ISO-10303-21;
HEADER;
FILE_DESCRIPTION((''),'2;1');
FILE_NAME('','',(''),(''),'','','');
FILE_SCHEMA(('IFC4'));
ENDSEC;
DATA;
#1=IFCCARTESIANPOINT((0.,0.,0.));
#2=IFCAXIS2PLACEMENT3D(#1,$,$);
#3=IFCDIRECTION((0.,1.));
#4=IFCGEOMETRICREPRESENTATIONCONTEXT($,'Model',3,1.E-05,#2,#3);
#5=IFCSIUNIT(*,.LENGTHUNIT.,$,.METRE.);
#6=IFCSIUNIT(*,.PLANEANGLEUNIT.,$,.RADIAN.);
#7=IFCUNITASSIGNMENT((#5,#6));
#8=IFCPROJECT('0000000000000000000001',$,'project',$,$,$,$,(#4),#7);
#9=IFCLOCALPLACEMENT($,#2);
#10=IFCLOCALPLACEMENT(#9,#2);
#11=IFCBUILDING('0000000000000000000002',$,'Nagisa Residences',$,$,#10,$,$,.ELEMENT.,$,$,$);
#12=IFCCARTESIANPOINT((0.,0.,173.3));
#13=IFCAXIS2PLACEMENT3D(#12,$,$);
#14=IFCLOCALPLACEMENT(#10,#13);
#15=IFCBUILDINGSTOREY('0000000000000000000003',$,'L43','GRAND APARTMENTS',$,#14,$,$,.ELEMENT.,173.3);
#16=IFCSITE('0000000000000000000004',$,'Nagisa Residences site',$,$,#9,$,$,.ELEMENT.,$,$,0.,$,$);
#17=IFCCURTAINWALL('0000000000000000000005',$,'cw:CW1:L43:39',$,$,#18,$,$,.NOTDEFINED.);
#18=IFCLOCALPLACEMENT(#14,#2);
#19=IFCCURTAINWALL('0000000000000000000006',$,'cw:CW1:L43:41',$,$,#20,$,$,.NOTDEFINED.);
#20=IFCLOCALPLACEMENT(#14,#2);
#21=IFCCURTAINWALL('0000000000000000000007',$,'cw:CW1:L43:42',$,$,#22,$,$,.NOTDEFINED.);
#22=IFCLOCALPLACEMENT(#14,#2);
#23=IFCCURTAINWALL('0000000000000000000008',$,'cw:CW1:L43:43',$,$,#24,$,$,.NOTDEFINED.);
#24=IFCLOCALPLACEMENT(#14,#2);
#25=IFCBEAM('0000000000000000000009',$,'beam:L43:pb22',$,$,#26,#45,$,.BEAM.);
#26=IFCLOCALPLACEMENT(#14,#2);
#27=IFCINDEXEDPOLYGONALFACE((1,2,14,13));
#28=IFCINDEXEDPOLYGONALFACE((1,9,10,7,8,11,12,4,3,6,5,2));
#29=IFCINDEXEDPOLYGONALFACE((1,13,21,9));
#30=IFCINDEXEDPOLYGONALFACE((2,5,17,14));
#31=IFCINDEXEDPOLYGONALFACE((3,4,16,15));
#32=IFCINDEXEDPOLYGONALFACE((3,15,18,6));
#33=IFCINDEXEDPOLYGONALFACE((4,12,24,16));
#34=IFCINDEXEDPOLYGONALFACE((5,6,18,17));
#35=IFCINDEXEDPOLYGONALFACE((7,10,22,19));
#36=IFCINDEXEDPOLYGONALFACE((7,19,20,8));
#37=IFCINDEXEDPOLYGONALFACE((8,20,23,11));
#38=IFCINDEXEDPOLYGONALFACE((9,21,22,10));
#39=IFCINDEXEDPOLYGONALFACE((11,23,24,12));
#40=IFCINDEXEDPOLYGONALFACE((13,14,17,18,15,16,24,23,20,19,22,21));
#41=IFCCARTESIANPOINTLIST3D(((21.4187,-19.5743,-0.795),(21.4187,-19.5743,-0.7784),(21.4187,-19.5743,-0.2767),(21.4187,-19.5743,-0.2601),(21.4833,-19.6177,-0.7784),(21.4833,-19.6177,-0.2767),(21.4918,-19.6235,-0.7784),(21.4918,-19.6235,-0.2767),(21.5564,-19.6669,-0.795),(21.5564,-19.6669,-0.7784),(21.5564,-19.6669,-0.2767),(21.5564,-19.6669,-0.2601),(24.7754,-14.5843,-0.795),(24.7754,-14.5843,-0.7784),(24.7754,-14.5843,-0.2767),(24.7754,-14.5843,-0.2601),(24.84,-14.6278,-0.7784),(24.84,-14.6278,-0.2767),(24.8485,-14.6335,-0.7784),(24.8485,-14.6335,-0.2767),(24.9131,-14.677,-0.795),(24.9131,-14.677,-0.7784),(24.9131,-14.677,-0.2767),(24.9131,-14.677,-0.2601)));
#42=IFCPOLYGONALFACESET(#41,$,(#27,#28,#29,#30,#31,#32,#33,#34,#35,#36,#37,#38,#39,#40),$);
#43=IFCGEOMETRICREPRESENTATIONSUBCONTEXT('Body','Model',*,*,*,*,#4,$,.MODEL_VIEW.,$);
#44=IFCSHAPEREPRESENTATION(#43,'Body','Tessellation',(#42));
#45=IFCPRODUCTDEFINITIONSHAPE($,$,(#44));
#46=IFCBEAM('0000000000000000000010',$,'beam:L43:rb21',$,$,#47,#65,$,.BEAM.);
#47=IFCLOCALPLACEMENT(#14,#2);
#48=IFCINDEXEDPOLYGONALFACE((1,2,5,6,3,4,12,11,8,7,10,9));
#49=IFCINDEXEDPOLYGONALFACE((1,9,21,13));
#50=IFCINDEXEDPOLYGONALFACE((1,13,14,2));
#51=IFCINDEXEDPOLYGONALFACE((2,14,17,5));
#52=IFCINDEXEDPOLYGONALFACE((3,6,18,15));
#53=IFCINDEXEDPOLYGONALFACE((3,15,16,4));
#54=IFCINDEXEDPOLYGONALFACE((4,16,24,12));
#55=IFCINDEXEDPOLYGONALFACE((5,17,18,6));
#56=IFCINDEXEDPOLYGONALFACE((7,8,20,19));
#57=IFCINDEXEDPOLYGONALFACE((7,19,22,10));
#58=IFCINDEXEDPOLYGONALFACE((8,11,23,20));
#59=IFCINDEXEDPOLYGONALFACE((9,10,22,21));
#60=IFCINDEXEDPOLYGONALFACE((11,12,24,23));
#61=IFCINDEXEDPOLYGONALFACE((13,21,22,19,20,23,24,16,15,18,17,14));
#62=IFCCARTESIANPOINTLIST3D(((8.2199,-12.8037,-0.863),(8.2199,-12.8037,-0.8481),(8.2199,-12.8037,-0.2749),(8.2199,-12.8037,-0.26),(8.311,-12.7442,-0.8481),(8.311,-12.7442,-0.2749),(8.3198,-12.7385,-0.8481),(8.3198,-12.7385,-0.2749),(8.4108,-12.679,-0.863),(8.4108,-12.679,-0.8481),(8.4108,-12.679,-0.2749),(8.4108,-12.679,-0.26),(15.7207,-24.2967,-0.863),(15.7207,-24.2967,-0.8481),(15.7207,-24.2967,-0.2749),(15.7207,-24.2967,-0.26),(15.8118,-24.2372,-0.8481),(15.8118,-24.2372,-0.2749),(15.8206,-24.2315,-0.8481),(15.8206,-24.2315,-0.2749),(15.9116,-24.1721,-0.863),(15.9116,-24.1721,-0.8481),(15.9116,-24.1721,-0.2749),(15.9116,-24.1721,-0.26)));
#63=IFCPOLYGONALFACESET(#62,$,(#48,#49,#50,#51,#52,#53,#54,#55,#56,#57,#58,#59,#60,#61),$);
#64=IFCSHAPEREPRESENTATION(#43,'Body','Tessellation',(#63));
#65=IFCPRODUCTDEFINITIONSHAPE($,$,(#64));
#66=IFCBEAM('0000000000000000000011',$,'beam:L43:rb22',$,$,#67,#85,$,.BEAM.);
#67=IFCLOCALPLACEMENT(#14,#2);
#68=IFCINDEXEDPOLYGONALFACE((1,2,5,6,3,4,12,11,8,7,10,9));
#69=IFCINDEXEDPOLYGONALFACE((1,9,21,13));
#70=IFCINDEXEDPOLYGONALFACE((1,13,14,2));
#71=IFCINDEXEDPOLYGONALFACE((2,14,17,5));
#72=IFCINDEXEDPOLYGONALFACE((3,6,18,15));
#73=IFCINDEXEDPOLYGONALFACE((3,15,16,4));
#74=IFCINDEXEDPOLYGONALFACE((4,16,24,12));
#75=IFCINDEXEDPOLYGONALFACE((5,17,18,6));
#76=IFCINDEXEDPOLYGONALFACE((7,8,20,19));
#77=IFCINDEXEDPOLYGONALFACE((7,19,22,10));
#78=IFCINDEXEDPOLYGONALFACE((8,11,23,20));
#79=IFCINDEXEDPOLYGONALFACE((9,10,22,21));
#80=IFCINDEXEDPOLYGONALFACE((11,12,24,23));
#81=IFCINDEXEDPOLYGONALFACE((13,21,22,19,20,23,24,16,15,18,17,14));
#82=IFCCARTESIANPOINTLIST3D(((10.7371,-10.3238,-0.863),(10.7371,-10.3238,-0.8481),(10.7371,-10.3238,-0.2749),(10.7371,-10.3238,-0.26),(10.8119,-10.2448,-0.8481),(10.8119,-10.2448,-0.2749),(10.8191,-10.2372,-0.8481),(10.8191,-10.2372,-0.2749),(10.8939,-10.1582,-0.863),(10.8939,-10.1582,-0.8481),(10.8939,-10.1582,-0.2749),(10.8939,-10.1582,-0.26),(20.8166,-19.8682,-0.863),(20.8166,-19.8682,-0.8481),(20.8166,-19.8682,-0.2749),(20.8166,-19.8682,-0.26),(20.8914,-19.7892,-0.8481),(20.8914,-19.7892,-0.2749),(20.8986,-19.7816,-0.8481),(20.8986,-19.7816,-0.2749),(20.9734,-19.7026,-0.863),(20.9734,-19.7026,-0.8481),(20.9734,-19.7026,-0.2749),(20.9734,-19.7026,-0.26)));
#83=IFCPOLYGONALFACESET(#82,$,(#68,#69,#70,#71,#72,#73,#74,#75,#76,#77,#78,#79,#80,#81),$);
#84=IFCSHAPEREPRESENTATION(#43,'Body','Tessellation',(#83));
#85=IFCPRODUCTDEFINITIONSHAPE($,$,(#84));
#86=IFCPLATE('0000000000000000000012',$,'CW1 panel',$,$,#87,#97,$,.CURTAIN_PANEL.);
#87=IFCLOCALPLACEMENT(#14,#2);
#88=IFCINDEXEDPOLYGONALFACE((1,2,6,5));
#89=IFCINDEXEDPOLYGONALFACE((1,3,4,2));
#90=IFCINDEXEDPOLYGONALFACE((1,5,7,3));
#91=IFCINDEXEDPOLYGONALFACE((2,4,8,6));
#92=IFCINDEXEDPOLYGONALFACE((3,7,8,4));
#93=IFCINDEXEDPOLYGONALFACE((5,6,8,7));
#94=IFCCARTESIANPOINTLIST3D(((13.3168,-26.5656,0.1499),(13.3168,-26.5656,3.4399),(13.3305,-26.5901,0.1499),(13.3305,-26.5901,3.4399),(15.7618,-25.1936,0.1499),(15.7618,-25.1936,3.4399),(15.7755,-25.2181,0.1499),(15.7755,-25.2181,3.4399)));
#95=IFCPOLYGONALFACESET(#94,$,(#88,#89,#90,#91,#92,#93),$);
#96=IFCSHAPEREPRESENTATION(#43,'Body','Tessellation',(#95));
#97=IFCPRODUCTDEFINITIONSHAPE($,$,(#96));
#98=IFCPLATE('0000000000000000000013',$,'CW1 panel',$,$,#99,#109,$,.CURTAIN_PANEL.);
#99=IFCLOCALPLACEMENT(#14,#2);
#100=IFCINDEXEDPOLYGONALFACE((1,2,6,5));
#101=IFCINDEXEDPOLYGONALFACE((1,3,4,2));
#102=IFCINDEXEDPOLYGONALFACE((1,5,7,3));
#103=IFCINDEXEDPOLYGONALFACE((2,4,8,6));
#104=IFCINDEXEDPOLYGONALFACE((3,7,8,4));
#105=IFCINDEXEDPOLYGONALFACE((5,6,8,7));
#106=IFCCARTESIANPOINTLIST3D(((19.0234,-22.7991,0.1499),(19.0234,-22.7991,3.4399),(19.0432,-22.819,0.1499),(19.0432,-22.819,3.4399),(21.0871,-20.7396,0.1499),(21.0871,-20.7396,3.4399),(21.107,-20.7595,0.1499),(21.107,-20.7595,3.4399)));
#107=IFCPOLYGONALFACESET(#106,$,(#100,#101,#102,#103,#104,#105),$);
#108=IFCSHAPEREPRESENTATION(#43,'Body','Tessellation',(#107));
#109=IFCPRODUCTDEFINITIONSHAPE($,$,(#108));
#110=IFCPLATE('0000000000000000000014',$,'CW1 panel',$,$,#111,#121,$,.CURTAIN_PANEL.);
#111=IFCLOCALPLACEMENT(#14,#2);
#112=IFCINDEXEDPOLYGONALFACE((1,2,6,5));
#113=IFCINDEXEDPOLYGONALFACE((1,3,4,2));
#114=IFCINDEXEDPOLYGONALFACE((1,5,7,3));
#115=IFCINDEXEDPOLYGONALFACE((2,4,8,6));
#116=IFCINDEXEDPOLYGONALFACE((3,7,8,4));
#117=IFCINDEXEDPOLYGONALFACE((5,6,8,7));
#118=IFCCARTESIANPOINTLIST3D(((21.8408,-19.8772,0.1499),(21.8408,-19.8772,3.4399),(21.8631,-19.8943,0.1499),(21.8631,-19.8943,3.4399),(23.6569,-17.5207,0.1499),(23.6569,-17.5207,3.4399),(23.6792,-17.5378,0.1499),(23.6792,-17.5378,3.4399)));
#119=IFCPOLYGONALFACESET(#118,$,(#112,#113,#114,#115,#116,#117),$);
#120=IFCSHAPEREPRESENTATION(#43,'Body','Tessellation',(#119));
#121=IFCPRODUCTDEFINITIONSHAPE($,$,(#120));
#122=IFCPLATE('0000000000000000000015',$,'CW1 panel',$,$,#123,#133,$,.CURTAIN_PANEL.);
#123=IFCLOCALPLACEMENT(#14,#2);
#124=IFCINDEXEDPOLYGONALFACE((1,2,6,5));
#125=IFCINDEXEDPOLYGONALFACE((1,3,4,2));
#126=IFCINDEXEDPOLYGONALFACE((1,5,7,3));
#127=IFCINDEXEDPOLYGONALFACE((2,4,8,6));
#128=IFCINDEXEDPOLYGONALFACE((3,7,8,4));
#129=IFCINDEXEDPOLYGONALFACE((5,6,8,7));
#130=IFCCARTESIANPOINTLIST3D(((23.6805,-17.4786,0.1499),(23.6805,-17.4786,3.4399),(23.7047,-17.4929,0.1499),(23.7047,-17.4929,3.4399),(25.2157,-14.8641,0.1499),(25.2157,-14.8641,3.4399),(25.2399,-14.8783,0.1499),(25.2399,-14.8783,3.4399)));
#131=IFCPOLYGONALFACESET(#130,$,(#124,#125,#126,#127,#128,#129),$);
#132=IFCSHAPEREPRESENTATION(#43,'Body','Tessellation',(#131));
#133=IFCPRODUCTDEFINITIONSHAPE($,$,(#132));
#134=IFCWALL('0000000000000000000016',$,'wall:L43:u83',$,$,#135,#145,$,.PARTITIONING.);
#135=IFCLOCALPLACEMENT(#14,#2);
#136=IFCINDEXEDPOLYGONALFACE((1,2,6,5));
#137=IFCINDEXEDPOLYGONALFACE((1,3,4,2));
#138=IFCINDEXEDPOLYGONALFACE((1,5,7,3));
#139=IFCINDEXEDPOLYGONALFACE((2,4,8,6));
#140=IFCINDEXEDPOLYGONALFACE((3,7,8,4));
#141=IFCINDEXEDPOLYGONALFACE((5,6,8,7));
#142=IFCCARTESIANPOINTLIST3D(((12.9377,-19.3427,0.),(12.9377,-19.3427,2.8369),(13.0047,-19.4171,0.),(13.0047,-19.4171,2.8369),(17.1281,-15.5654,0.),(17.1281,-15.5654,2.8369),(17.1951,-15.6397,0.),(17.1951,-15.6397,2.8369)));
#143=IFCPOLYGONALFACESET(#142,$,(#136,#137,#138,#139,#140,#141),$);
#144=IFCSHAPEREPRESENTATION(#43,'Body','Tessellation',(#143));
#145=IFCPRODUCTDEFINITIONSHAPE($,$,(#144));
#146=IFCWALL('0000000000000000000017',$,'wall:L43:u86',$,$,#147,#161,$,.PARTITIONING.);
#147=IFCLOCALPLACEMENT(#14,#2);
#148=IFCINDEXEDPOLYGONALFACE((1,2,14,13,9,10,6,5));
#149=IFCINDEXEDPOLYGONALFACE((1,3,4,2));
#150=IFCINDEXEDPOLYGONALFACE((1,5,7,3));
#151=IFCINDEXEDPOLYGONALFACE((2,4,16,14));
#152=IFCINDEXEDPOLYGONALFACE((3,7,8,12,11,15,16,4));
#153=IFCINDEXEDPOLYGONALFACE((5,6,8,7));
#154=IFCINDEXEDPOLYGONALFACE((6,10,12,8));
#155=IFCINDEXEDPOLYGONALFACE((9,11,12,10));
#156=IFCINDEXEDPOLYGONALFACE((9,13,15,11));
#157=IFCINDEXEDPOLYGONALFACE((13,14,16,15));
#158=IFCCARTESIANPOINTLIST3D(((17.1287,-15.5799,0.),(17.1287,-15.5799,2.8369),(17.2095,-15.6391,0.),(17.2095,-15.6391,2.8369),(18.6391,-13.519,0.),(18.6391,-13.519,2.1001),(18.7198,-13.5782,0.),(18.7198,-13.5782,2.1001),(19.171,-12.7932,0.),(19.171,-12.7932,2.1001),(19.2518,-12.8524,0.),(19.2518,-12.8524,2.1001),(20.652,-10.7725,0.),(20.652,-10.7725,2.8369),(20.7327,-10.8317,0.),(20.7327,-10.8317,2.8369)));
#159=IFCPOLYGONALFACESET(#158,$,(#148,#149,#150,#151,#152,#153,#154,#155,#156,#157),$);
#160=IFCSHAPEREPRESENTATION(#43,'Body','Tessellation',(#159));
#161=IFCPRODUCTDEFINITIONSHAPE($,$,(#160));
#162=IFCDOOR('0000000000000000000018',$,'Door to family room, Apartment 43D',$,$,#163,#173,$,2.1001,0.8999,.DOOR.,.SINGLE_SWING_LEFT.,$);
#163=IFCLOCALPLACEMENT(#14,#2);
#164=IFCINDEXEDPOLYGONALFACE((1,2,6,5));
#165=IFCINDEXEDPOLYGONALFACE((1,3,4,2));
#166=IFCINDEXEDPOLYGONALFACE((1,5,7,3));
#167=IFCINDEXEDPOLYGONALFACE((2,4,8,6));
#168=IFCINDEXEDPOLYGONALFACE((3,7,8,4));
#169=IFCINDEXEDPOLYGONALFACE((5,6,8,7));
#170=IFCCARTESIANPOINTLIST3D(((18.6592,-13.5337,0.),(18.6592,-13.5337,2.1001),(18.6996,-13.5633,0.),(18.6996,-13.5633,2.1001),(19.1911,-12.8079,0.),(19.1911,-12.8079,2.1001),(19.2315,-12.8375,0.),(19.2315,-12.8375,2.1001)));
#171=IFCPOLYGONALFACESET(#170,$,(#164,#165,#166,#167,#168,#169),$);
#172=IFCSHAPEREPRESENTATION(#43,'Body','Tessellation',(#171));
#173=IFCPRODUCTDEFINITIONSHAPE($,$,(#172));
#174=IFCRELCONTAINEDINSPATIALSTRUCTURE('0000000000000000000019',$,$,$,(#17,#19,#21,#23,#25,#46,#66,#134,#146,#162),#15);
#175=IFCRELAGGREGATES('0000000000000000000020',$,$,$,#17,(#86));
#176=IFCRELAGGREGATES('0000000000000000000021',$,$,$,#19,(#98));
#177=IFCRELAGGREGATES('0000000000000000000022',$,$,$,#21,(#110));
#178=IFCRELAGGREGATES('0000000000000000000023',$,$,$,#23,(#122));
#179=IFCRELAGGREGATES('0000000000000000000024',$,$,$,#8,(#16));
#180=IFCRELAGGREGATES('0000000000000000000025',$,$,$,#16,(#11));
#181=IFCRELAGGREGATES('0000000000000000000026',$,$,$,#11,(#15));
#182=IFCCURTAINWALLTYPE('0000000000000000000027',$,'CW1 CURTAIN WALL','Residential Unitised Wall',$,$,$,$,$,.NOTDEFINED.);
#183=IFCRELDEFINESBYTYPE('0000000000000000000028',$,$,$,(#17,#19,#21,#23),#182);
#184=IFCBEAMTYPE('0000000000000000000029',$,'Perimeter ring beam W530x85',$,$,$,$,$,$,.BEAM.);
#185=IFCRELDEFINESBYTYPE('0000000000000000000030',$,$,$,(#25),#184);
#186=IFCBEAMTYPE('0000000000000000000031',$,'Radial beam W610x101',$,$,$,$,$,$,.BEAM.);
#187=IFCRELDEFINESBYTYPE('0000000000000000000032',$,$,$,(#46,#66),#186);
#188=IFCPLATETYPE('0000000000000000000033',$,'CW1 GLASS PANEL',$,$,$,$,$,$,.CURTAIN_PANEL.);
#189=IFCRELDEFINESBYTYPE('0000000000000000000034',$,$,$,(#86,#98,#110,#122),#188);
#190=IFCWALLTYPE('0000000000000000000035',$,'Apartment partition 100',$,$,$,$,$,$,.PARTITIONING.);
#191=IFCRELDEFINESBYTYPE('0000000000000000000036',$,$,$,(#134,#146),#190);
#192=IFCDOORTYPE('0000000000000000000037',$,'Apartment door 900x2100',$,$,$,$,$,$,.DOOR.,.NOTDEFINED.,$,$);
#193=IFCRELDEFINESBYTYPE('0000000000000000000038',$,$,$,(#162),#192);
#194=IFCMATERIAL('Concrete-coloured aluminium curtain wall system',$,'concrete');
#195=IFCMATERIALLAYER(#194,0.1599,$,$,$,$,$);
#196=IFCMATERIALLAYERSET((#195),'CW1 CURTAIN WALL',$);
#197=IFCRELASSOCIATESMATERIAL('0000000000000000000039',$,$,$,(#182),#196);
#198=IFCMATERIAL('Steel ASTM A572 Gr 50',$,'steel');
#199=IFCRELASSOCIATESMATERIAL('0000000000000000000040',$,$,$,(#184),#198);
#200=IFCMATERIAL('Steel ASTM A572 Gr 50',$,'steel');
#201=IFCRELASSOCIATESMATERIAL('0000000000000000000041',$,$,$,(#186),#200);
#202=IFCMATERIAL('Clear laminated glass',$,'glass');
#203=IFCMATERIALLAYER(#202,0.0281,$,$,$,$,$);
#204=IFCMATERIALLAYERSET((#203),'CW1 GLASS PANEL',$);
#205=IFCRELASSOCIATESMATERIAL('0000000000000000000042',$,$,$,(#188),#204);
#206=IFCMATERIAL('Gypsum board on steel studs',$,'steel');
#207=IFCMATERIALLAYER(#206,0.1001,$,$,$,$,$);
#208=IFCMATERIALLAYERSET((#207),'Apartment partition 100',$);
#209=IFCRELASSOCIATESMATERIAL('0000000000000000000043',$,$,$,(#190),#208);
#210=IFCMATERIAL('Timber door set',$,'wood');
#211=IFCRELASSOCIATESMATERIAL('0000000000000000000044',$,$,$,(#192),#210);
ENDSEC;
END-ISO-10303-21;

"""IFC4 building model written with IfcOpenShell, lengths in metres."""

from ifc_helpers import new_model, si_unit, direction, frame, frame_2d, origin, origin_2d, place, context, subcontext, project, spatial, rectangle, i_section, extrude, material, layer, layer_set, material_profile, profile_set, type_object, element, fill, aggregate, save


model = new_model("IFC4")

# Units and contexts
model_context = context("Model", 3, precision=1e-05, world=origin(), true_north=direction((0.0, 1.0)))
body_context = subcontext(model_context, "Body", "Model", "MODEL_VIEW")
ifc_project = project(units=[si_unit("LENGTHUNIT", "METRE"), si_unit("PLANEANGLEUNIT", "RADIAN")], contexts=[model_context])

# Site, building, storey
site_placement = place(None, origin())
site = spatial("IfcSite", under=ifc_project, at=site_placement, Name="Nagisa Residences site", CompositionType="ELEMENT", RefElevation=0.0)
building_placement = place(site_placement, origin())
building = spatial("IfcBuilding", under=site, at=building_placement, Name="Nagisa Residences", CompositionType="ELEMENT")
storey_placement = place(building_placement, frame((0.0, 0.0, 173.3)))
storey = spatial("IfcBuildingStorey", under=building, at=storey_placement, Name="L43", Description="GRAND APARTMENTS", CompositionType="ELEMENT", Elevation=173.3)

# Curtain walls
ifc_material_1 = material(Name="Concrete-coloured aluminium curtain wall system", Category="concrete")
ifc_layer_1 = layer(ifc_material_1, 0.1599)
ifc_layer_set_1 = layer_set([ifc_layer_1], Name="CW1 CURTAIN WALL")
curtain_wall_type = type_object("IfcCurtainWallType", Name="CW1 CURTAIN WALL", Description="Residential Unitised Wall", PredefinedType="NOTDEFINED", material=ifc_layer_set_1)
curtain_wall_1_placement = place(storey_placement, origin())
curtain_wall_1 = element("IfcCurtainWall", 1, at=curtain_wall_1_placement, inside=storey, type_object=curtain_wall_type, Name="cw:CW1:L43:39", PredefinedType="NOTDEFINED")
curtain_wall_2_placement = place(storey_placement, origin())
curtain_wall_2 = element("IfcCurtainWall", 2, at=curtain_wall_2_placement, inside=storey, type_object=curtain_wall_type, Name="cw:CW1:L43:41", PredefinedType="NOTDEFINED")
curtain_wall_3_placement = place(storey_placement, origin())
curtain_wall_3 = element("IfcCurtainWall", 3, at=curtain_wall_3_placement, inside=storey, type_object=curtain_wall_type, Name="cw:CW1:L43:42", PredefinedType="NOTDEFINED")
curtain_wall_4_placement = place(storey_placement, origin())
curtain_wall_4 = element("IfcCurtainWall", 4, at=curtain_wall_4_placement, inside=storey, type_object=curtain_wall_type, Name="cw:CW1:L43:43", PredefinedType="NOTDEFINED")

# Beams
ifc_material_2 = material(Name="Steel ASTM A572 Gr 50", Category="steel")
ifc_material_profile_1 = material_profile(ifc_material_2, i_section(OverallWidth=0.166, OverallDepth=0.5349, WebThickness=0.0103, FlangeThickness=0.0166, at=origin_2d()), Name="W530x85")
ifc_profile_set_1 = profile_set([ifc_material_profile_1], Name="Steel ASTM A572 Gr 50")
beam_type_1 = type_object("IfcBeamType", Name="Perimeter ring beam W530x85", PredefinedType="BEAM", material=ifc_profile_set_1)
beam_1_placement = place(storey_placement, frame((21.4875, -19.6206, -0.5276), z_axis=(0.558152, 0.829739, 0.0), x_axis=(-0.829739, 0.558152, 0.0)))
element("IfcBeam", 5, at=beam_1_placement, inside=storey, type_object=beam_type_1, Name="beam:L43:pb22", PredefinedType="BEAM", context=body_context, shape_type="SweptSolid", body=[
    extrude(i_section(OverallWidth=0.166, OverallDepth=0.5349, WebThickness=0.0103, FlangeThickness=0.0166, at=origin_2d()), origin(), (0.0, 0.0, 1.0), 6.0139),
])
ifc_material_3 = material(Name="Steel ASTM A572 Gr 50", Category="steel")
ifc_material_profile_2 = material_profile(ifc_material_3, i_section(OverallWidth=0.228, OverallDepth=0.603, WebThickness=0.0105, FlangeThickness=0.0149, at=origin_2d()), Name="W610x101")
ifc_profile_set_2 = profile_set([ifc_material_profile_2], Name="Steel ASTM A572 Gr 50")
beam_type_2 = type_object("IfcBeamType", Name="Radial beam W610x101", PredefinedType="BEAM", material=ifc_profile_set_2)
beam_2_placement = place(storey_placement, frame((15.8162, -24.2344, -0.5615), z_axis=(-0.546541, 0.837432, 0.0), x_axis=(-0.837432, -0.546541, 0.0)))
element("IfcBeam", 6, at=beam_2_placement, inside=storey, type_object=beam_type_2, Name="beam:L43:rb21", PredefinedType="BEAM", context=body_context, shape_type="SweptSolid", body=[
    extrude(i_section(OverallWidth=0.228, OverallDepth=0.603, WebThickness=0.0105, FlangeThickness=0.0149, at=origin_2d()), origin(), (0.0, 0.0, 1.0), 13.7241),
])
beam_3_placement = place(storey_placement, frame((20.895, -19.7854, -0.5615), z_axis=(-0.72612, 0.687568, 0.0), x_axis=(-0.687568, -0.72612, 0.0)))
element("IfcBeam", 7, at=beam_3_placement, inside=storey, type_object=beam_type_2, Name="beam:L43:rb22", PredefinedType="BEAM", context=body_context, shape_type="SweptSolid", body=[
    extrude(i_section(OverallWidth=0.228, OverallDepth=0.603, WebThickness=0.0105, FlangeThickness=0.0149, at=origin_2d()), origin(), (0.0, 0.0, 1.0), 13.8813),
])

# Plates
ifc_material_4 = material(Name="Clear laminated glass", Category="glass")
ifc_layer_2 = layer(ifc_material_4, 0.0281)
ifc_layer_set_2 = layer_set([ifc_layer_2], Name="CW1 GLASS PANEL")
plate_type = type_object("IfcPlateType", Name="CW1 GLASS PANEL", PredefinedType="CURTAIN_PANEL", material=ifc_layer_set_2)
plate_1_placement = place(storey_placement, frame((14.5461, -25.8918, 0.1499), z_axis=(0.0, 0.0, 1.0), x_axis=(0.872072, 0.489377, 0.0)))
plate_1 = element("IfcPlate", 8, at=plate_1_placement, type_object=plate_type, Name="CW1 panel", PredefinedType="CURTAIN_PANEL", context=body_context, shape_type="SweptSolid", body=[
    extrude(rectangle(XDim=2.8037, YDim=0.0281, at=origin_2d()), origin(), (0.0, 0.0, 1.0), 3.29),
])
aggregate(curtain_wall_1, [plate_1])
plate_2_placement = place(storey_placement, frame((20.0652, -21.7793, 0.1499), z_axis=(0.0, 0.0, 1.0), x_axis=(0.707836, 0.706377, 0.0)))
plate_2 = element("IfcPlate", 9, at=plate_2_placement, type_object=plate_type, Name="CW1 panel", PredefinedType="CURTAIN_PANEL", context=body_context, shape_type="SweptSolid", body=[
    extrude(rectangle(XDim=2.9155, YDim=0.0281, at=origin_2d()), origin(), (0.0, 0.0, 1.0), 3.29),
])
aggregate(curtain_wall_2, [plate_2])
plate_3_placement = place(storey_placement, frame((22.76, -18.7075, 0.1499), z_axis=(0.0, 0.0, 1.0), x_axis=(0.61043, 0.79207, 0.0)))
plate_3 = element("IfcPlate", 10, at=plate_3_placement, type_object=plate_type, Name="CW1 panel", PredefinedType="CURTAIN_PANEL", context=body_context, shape_type="SweptSolid", body=[
    extrude(rectangle(XDim=2.9751, YDim=0.0281, at=origin_2d()), origin(), (0.0, 0.0, 1.0), 3.29),
])
aggregate(curtain_wall_3, [plate_3])
plate_4_placement = place(storey_placement, frame((24.4602, -16.1785, 0.1499), z_axis=(0.0, 0.0, 1.0), x_axis=(0.506349, 0.862329, 0.0)))
plate_4 = element("IfcPlate", 11, at=plate_4_placement, type_object=plate_type, Name="CW1 panel", PredefinedType="CURTAIN_PANEL", context=body_context, shape_type="SweptSolid", body=[
    extrude(rectangle(XDim=3.032, YDim=0.0281, at=origin_2d()), origin(), (0.0, 0.0, 1.0), 3.29),
])
aggregate(curtain_wall_4, [plate_4])

# Wall
ifc_material_5 = material(Name="Gypsum board on steel studs", Category="steel")
ifc_layer_3 = layer(ifc_material_5, 0.1001)
ifc_layer_set_3 = layer_set([ifc_layer_3], Name="Apartment partition 100")
wall_type_1 = type_object("IfcWallType", Name="Apartment partition 100", PredefinedType="PARTITIONING", material=ifc_layer_set_3)
wall_1_placement = place(storey_placement, frame((12.9712, -19.3799, 0.0), z_axis=(0.0, 0.0, 1.0), x_axis=(0.742769, 0.669548, 0.0)))
element("IfcWall", 12, at=wall_1_placement, inside=storey, type_object=wall_type_1, Name="wall:L43:u83", PredefinedType="PARTITIONING", context=body_context, shape_type="SweptSolid", body=[
    extrude(rectangle(XDim=5.6416, YDim=0.1001, at=frame_2d((2.8208, 0.0))), origin(), (0.0, 0.0, 1.0), 2.8369),
])

# Wall, opening, door
wall_2_placement = place(storey_placement, frame((17.1692, -15.6094, 0.0), z_axis=(0.0, 0.0, 1.0), x_axis=(0.591122, 0.806582, 0.0)))
wall_2 = element("IfcWall", 13, at=wall_2_placement, inside=storey, type_object=wall_type_1, Name="wall:L43:u86", PredefinedType="PARTITIONING", context=body_context, shape_type="SweptSolid", body=[
    extrude(rectangle(XDim=5.9602, YDim=0.1001, at=frame_2d((2.98, 0.0))), origin(), (0.0, 0.0, 1.0), 2.8369),
])
opening_1_placement = place(wall_2_placement, frame((2.5549, 0.0, 0.0)))
opening_1 = element("IfcOpeningElement", 14, at=opening_1_placement, cuts=wall_2, PredefinedType="OPENING", context=body_context, shape_type="SweptSolid", body=[
    extrude(rectangle(XDim=0.8999, YDim=2.1001, at=frame_2d((0.45, 1.05))), frame((0.0, 0.0601, 0.0), z_axis=(0.0, -1.0, 0.0), x_axis=(1.0, 0.0, 0.0)), (0.0, 0.0, 1.0), 0.1201),
])
ifc_material_6 = material(Name="Timber door set", Category="wood")
door_type_1 = type_object("IfcDoorType", Name="Apartment door 900x2100", OperationType="NOTDEFINED", PredefinedType="DOOR", material=ifc_material_6)
door_1_placement = place(opening_1_placement, frame((0.8999, 0.0, 0.0), x_axis=(-1.0, 0.0, 0.0)))
door_1 = element("IfcDoor", 15, at=door_1_placement, inside=storey, type_object=door_type_1, Name="Door to family room, Apartment 43D", OperationType="SINGLE_SWING_LEFT", OverallHeight=2.1001, OverallWidth=0.8999, PredefinedType="DOOR", context=body_context, shape_type="SweptSolid", body=[
    extrude(rectangle(XDim=0.8999, YDim=2.1001, at=frame_2d((0.45, 1.05))), frame((0.0, 0.0249, 0.0), z_axis=(0.0, -1.0, 0.0), x_axis=(1.0, 0.0, 0.0)), (0.0, 0.0, 1.0), 0.05),
])
fill(opening_1, door_1)

save(model, "model.ifc")
